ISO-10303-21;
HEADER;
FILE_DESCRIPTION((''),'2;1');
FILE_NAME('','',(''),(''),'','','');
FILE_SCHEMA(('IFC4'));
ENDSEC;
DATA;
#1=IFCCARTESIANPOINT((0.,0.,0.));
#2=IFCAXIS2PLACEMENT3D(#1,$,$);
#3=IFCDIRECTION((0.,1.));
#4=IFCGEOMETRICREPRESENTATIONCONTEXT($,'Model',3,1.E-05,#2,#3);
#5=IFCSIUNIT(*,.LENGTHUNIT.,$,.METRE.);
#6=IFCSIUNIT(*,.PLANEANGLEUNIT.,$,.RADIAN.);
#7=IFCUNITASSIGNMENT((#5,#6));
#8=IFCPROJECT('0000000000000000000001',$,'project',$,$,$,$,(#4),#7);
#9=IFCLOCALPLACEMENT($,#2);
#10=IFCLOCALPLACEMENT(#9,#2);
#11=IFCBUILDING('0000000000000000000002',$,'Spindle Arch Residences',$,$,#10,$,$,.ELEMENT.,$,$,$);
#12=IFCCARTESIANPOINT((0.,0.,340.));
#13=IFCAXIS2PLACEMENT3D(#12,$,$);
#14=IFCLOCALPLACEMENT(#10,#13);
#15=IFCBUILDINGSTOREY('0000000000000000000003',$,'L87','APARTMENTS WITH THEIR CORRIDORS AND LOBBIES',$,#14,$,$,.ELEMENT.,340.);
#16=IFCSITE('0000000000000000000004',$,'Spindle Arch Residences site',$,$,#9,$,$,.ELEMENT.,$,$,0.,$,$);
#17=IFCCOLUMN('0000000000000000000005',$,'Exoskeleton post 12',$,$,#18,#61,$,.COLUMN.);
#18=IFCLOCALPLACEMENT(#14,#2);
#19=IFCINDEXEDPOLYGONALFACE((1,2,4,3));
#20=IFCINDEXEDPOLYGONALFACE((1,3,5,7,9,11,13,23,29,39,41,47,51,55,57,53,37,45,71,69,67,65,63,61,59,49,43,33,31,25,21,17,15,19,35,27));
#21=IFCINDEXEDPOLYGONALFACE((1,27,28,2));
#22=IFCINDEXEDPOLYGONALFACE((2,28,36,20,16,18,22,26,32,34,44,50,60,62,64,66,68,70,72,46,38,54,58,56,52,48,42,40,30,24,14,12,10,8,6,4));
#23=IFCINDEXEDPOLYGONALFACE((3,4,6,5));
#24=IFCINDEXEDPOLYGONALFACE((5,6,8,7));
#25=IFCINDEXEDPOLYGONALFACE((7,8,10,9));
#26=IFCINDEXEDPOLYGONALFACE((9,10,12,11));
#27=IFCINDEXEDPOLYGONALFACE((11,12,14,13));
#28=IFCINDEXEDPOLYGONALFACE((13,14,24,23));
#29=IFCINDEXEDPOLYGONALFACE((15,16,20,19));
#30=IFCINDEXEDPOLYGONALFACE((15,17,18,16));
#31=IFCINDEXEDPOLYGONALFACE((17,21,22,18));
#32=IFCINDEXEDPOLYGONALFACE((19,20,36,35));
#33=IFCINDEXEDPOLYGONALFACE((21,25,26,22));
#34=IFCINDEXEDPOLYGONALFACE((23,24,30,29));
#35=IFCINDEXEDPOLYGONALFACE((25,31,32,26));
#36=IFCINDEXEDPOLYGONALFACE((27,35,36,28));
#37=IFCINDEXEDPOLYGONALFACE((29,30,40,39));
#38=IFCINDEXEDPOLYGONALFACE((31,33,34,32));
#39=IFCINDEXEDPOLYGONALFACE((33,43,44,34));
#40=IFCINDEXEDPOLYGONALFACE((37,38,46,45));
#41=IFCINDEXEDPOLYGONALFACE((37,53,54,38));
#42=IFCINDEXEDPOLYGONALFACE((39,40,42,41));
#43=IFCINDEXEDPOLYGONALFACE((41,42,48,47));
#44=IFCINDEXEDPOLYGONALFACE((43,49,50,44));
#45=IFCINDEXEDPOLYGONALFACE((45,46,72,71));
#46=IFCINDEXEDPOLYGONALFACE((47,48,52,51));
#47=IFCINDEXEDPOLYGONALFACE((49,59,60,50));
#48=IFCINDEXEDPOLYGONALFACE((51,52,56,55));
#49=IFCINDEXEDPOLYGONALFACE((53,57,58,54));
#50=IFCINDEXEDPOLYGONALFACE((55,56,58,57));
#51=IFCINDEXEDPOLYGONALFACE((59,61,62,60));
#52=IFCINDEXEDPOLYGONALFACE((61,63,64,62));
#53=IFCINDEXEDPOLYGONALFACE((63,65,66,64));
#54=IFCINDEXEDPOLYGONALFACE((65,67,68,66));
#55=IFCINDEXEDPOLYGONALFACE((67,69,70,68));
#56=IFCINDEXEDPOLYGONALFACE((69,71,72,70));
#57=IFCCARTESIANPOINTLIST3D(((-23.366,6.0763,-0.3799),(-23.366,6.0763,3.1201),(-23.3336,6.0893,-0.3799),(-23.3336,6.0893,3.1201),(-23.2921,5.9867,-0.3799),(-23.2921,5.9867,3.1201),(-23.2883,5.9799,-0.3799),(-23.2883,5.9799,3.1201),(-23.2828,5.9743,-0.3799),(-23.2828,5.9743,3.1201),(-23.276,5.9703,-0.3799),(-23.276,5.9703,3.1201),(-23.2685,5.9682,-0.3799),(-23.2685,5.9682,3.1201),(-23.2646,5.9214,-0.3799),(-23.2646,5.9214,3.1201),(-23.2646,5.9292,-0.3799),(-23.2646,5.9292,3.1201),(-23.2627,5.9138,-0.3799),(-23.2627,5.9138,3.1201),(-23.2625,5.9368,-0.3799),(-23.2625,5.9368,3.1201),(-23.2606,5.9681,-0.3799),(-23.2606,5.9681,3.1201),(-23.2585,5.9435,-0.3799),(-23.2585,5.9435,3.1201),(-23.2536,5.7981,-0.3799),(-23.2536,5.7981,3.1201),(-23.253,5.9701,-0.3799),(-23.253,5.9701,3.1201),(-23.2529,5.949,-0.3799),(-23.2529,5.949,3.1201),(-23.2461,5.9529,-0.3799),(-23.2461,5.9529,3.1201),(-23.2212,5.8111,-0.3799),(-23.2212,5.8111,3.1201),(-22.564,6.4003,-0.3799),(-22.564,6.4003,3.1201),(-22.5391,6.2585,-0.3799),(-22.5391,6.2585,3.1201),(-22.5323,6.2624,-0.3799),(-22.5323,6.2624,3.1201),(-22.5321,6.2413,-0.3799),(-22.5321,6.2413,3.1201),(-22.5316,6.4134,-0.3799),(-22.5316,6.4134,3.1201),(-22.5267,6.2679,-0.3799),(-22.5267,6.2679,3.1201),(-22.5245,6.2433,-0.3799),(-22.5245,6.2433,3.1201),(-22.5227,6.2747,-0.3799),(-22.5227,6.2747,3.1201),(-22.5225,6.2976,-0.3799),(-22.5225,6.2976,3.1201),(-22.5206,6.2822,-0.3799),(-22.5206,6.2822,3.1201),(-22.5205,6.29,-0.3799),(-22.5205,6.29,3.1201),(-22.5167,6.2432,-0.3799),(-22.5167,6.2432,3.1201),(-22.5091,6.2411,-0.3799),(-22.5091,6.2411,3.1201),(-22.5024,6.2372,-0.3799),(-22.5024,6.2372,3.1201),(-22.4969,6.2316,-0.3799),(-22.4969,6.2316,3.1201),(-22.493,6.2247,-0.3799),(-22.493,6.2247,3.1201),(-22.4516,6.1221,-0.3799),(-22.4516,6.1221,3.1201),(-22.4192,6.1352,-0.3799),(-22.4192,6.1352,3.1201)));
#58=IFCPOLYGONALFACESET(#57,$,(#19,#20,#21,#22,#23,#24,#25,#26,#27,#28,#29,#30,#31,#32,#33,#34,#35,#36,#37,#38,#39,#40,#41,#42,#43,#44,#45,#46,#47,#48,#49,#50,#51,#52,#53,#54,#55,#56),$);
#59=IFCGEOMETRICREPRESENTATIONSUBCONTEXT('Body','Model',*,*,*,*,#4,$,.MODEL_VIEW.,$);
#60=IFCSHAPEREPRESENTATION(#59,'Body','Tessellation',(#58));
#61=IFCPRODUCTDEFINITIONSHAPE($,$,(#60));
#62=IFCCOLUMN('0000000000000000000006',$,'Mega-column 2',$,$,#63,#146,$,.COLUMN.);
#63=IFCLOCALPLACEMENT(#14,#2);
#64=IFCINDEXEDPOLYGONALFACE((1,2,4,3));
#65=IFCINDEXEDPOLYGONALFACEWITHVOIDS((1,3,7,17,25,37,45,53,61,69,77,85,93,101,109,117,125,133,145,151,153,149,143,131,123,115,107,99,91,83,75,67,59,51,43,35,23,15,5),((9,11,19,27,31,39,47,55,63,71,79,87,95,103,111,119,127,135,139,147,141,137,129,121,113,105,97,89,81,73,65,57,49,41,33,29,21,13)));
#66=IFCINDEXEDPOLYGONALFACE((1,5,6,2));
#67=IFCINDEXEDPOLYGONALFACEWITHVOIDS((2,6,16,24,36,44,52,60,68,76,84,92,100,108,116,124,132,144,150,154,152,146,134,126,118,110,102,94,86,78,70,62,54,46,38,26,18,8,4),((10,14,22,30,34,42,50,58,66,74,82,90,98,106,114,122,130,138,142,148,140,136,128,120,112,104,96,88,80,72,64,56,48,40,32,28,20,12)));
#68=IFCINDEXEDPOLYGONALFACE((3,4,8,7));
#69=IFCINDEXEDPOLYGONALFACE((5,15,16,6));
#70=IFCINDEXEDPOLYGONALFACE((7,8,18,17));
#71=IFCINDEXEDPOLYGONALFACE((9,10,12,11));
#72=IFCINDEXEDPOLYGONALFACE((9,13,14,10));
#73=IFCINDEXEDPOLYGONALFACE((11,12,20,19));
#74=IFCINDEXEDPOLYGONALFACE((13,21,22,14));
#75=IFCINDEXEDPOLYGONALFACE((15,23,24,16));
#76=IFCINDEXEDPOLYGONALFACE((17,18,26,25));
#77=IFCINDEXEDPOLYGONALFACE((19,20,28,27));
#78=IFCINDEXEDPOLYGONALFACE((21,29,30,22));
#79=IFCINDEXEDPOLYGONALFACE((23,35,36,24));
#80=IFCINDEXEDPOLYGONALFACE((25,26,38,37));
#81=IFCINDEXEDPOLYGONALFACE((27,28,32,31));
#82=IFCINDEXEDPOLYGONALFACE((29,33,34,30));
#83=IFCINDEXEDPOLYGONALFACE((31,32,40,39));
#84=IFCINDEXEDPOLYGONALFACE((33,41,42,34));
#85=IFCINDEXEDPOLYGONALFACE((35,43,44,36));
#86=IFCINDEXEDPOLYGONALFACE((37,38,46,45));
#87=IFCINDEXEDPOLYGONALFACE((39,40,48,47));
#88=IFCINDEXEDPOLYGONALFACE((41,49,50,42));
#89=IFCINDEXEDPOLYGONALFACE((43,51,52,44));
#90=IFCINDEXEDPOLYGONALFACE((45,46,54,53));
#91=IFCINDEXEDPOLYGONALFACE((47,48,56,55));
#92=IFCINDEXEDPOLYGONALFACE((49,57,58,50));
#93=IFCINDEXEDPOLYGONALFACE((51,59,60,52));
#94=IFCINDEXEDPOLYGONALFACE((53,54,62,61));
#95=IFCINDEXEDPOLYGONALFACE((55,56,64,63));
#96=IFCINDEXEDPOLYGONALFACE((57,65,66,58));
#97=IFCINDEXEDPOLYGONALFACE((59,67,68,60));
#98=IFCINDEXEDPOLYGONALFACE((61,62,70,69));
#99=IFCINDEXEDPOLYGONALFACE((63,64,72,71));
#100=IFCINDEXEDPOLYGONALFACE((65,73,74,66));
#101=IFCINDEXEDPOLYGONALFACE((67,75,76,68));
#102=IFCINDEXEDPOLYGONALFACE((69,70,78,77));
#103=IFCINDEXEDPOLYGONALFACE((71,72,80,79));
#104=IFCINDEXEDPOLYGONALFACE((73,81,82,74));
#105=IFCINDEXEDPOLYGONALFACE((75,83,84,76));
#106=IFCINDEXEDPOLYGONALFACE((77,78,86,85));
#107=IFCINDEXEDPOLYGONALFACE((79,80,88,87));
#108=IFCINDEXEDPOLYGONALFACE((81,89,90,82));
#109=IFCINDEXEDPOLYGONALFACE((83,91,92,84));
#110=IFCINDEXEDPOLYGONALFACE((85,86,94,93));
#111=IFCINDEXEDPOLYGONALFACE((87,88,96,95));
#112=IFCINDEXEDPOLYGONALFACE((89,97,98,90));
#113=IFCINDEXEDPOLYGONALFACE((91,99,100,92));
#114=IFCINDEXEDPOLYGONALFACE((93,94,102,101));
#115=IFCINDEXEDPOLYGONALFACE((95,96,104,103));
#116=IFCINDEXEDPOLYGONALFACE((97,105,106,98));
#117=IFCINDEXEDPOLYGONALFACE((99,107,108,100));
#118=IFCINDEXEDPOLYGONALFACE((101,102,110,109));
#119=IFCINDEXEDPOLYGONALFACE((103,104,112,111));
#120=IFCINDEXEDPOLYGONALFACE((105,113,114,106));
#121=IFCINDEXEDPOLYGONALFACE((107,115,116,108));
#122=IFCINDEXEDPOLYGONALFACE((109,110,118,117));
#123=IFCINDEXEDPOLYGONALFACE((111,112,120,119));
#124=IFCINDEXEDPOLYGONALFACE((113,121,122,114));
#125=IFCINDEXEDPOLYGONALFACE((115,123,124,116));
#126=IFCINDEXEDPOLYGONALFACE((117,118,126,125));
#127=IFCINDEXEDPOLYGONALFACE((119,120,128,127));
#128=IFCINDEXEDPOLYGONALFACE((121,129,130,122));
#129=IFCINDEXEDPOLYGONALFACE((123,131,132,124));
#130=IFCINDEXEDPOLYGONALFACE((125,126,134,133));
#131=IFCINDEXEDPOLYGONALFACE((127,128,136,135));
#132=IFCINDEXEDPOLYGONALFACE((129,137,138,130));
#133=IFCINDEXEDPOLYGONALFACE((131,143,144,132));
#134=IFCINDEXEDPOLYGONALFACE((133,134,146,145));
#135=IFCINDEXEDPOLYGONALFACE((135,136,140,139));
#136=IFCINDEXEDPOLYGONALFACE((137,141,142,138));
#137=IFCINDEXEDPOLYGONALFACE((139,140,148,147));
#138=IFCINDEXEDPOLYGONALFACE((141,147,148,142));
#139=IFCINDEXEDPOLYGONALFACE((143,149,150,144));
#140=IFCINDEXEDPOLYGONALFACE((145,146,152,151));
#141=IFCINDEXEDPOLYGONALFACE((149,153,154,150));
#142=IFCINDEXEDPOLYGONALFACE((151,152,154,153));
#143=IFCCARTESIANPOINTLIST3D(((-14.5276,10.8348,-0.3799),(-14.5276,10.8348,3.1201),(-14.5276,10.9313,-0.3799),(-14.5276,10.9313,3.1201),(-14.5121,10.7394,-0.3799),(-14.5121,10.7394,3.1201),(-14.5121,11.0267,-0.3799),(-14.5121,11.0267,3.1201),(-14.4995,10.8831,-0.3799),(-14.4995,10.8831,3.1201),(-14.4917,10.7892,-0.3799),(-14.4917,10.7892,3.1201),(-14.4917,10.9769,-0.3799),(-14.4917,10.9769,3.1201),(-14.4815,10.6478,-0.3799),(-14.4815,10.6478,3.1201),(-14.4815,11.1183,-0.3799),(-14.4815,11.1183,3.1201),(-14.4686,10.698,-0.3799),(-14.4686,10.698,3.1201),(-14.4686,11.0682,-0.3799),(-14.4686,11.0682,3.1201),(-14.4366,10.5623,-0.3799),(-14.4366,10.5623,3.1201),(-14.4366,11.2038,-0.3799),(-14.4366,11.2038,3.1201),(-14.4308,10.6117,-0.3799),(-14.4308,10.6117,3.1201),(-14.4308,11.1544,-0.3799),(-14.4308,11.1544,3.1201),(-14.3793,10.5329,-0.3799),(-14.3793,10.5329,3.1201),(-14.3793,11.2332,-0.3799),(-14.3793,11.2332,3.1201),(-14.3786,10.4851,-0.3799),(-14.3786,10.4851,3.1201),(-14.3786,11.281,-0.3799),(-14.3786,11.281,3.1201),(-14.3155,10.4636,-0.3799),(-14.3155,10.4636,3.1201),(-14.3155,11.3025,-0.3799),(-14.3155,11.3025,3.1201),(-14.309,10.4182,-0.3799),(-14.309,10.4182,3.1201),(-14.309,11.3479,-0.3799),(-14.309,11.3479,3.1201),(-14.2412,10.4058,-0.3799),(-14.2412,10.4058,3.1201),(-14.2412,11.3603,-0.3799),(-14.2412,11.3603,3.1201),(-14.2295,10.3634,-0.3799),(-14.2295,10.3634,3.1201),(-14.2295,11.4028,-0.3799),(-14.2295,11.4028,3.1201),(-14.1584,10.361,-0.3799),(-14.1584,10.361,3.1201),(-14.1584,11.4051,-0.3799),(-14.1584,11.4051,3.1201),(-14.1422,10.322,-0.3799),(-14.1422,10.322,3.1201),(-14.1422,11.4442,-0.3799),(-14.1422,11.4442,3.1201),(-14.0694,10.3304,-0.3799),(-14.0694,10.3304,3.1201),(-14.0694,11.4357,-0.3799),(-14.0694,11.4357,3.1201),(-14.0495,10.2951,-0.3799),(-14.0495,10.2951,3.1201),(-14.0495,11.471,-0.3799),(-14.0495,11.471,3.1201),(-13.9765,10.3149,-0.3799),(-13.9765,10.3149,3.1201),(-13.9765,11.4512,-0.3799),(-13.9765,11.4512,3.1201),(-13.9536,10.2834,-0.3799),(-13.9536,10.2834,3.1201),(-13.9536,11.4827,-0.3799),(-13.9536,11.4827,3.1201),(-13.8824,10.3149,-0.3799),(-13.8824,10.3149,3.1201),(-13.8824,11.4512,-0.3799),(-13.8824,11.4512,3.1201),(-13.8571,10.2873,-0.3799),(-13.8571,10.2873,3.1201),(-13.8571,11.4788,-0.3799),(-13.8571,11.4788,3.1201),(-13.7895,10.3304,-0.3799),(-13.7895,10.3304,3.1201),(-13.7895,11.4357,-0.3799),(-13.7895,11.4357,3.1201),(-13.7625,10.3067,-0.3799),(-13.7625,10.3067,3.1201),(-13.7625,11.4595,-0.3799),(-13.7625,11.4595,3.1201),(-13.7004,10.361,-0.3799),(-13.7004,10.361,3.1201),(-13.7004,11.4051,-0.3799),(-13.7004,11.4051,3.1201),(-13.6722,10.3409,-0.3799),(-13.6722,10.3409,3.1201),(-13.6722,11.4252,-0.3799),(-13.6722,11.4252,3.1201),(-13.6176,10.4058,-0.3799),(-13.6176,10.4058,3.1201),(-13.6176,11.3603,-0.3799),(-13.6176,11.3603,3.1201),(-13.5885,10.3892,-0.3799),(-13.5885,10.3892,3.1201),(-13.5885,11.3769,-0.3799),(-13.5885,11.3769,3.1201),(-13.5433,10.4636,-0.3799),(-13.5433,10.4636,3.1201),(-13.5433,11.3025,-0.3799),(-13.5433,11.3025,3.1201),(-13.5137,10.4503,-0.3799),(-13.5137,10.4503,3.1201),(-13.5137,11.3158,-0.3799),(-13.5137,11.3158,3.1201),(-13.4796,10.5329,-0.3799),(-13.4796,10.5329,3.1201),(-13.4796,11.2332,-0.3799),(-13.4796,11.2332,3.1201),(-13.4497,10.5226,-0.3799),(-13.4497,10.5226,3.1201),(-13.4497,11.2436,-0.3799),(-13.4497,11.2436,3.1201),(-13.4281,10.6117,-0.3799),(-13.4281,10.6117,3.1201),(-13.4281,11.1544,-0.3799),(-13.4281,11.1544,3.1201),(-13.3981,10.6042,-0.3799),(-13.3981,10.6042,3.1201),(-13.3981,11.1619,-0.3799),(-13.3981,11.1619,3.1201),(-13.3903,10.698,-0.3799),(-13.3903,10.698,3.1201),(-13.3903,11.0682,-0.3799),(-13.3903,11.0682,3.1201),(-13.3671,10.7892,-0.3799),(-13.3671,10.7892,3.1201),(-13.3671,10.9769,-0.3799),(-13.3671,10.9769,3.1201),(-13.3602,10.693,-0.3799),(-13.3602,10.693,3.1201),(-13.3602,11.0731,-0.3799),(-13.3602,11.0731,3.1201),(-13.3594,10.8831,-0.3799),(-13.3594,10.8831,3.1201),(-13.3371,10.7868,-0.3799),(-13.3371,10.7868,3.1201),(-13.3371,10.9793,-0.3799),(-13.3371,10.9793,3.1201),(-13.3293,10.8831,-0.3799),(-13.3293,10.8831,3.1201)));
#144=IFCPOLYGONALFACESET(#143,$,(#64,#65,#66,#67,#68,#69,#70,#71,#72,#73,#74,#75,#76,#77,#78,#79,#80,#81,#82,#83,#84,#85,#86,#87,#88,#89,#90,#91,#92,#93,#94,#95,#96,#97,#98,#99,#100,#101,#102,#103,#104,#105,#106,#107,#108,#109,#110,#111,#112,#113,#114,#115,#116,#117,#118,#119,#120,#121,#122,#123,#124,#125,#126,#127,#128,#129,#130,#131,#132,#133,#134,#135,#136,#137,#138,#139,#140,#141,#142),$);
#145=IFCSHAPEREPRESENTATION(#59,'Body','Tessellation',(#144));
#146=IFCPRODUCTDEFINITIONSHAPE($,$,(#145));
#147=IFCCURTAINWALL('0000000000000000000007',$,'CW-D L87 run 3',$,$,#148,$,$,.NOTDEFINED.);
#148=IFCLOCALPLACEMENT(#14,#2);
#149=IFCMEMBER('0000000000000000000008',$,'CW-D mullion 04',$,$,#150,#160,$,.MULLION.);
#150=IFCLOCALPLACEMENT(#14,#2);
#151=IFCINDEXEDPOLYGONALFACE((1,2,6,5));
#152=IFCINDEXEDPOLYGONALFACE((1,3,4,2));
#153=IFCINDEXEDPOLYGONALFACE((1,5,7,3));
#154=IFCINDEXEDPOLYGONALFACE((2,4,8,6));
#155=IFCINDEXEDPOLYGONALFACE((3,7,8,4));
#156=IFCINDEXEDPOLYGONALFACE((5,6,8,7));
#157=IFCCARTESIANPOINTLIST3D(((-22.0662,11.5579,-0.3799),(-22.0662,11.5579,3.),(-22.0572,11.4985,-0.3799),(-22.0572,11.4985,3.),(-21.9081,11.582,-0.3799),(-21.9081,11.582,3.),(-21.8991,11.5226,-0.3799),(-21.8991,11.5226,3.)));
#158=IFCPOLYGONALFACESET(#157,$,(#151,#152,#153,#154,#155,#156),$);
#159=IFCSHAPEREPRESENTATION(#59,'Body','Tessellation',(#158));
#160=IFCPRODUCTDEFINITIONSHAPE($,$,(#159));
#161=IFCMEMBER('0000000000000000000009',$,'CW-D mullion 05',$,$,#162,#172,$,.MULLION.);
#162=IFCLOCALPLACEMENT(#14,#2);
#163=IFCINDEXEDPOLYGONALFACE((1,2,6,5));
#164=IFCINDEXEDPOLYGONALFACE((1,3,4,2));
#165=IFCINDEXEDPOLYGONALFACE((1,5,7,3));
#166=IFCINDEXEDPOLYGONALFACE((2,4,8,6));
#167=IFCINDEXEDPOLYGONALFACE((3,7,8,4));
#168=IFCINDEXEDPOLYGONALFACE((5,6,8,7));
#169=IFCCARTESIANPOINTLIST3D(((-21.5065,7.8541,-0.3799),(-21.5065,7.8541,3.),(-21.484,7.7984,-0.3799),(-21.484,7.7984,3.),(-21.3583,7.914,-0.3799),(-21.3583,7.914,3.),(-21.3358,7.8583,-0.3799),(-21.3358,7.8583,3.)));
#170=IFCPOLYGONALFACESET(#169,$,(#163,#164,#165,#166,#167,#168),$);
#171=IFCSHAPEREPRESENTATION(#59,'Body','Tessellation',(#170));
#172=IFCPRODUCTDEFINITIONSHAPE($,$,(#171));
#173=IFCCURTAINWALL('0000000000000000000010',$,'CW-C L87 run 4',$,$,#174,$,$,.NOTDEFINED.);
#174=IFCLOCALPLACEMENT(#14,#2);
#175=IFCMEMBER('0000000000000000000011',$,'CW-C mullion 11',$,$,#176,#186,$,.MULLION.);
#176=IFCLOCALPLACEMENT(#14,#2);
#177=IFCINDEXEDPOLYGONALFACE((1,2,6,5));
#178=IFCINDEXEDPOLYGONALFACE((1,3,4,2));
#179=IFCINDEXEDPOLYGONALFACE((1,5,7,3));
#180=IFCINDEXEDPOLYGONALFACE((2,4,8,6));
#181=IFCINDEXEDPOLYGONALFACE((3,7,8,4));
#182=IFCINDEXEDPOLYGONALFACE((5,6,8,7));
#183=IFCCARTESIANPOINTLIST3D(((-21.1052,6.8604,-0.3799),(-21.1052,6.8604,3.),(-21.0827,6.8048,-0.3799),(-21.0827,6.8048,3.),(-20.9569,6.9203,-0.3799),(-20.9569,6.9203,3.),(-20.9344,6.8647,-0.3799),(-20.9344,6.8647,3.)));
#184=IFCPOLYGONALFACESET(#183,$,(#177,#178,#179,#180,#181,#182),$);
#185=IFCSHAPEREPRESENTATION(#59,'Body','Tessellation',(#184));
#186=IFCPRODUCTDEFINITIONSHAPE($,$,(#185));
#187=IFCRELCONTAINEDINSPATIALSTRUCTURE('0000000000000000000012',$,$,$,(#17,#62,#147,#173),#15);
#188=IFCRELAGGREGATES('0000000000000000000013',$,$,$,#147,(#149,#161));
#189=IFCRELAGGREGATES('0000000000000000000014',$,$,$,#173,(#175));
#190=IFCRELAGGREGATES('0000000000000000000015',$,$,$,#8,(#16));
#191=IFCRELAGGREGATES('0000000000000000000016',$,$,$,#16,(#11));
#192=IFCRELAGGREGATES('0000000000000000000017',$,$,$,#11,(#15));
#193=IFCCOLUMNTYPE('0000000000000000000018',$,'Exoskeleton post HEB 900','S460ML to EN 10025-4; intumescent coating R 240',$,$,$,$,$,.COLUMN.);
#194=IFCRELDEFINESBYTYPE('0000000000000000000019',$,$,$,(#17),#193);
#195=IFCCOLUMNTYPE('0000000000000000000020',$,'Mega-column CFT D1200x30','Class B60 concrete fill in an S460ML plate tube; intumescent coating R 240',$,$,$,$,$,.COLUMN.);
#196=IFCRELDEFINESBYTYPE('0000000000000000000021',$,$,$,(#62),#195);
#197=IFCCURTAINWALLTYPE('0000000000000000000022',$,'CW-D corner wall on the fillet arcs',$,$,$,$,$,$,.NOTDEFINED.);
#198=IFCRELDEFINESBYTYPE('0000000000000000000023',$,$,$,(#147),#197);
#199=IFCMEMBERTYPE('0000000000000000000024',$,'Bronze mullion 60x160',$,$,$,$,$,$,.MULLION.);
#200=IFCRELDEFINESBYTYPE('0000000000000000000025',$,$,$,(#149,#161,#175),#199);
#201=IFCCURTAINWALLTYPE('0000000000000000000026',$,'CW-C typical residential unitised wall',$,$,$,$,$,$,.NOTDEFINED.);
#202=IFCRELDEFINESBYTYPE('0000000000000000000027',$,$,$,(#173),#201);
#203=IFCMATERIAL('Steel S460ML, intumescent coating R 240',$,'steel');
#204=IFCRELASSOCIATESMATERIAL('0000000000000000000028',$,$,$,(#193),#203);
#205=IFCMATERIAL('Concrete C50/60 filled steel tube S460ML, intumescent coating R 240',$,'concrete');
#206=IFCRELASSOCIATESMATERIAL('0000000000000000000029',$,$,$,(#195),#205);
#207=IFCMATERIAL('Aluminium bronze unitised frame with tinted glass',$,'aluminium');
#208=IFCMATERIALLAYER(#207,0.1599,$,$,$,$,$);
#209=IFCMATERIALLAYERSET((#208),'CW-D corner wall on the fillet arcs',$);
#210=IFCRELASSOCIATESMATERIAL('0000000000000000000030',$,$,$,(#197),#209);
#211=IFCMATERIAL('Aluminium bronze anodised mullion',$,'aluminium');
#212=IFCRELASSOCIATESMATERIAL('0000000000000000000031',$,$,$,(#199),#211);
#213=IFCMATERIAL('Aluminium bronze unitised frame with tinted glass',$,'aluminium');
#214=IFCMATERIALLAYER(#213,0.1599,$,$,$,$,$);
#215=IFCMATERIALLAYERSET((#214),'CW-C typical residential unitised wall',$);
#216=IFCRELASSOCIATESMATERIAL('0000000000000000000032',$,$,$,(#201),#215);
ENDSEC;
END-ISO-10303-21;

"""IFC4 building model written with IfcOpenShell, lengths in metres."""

from ifc_helpers import new_model, si_unit, direction, frame, origin, origin_2d, place, context, subcontext, project, spatial, rectangle, hollow_circle, i_section, extrude, material, layer, layer_set, material_profile, profile_set, type_object, element, aggregate, save


model = new_model("IFC4")

# Units and contexts
model_context = context("Model", 3, precision=1e-05, world=origin(), true_north=direction((0.0, 1.0)))
body_context = subcontext(model_context, "Body", "Model", "MODEL_VIEW")
ifc_project = project(units=[si_unit("LENGTHUNIT", "METRE"), si_unit("PLANEANGLEUNIT", "RADIAN")], contexts=[model_context])

# Site, building, storey
site_placement = place(None, origin())
site = spatial("IfcSite", under=ifc_project, at=site_placement, Name="Spindle Arch Residences site", CompositionType="ELEMENT", RefElevation=0.0)
building_placement = place(site_placement, origin())
building = spatial("IfcBuilding", under=site, at=building_placement, Name="Spindle Arch Residences", CompositionType="ELEMENT")
storey_placement = place(building_placement, frame((0.0, 0.0, 340.0)))
storey = spatial("IfcBuildingStorey", under=building, at=storey_placement, Name="L87", Description="APARTMENTS WITH THEIR CORRIDORS AND LOBBIES", CompositionType="ELEMENT", Elevation=340.0)

# Columns
ifc_material_1 = material(Name="Steel S460ML, intumescent coating R 240", Category="steel")
ifc_material_profile_1 = material_profile(ifc_material_1, i_section(OverallWidth=0.3, OverallDepth=0.8999, WebThickness=0.0186, FlangeThickness=0.0349, FilletRadius=0.03, at=origin_2d()), Name="HEB 900")
ifc_profile_set_1 = profile_set([ifc_material_profile_1], Name="Steel S460ML, intumescent coating R 240")
column_type_1 = type_object("IfcColumnType", Name="Exoskeleton post HEB 900", Description="S460ML to EN 10025-4; intumescent coating R 240", PredefinedType="COLUMN", material=ifc_profile_set_1)
column_1_placement = place(storey_placement, frame((-22.8926, 6.1057, -0.3799), z_axis=(0.0, 0.0, 1.0), x_axis=(-0.374607, 0.927184, 0.0)))
element("IfcColumn", 1, at=column_1_placement, inside=storey, type_object=column_type_1, Name="Exoskeleton post 12", PredefinedType="COLUMN", context=body_context, shape_type="SweptSolid", body=[
    extrude(i_section(OverallWidth=0.3, OverallDepth=0.8999, WebThickness=0.0186, FlangeThickness=0.0349, FilletRadius=0.03, at=origin_2d()), origin(), (0.0, 0.0, 1.0), 3.5),
])
ifc_material_2 = material(Name="Concrete C50/60 filled steel tube S460ML, intumescent coating R 240", Category="concrete")
ifc_material_profile_2 = material_profile(ifc_material_2, hollow_circle(Radius=0.6001, WallThickness=0.03, at=origin_2d()), Name="CFT D1200x30")
ifc_profile_set_2 = profile_set([ifc_material_profile_2], Name="Concrete C50/60 filled steel tube S460ML, intumescent coating R 240")
column_type_2 = type_object("IfcColumnType", Name="Mega-column CFT D1200x30", Description="Class B60 concrete fill in an S460ML plate tube; intumescent coating R 240", PredefinedType="COLUMN", material=ifc_profile_set_2)
column_2_placement = place(storey_placement, frame((-13.9294, 10.8831, -0.3799), z_axis=(0.0, 0.0, 1.0), x_axis=(1.0, 0.0, 0.0)))
element("IfcColumn", 2, at=column_2_placement, inside=storey, type_object=column_type_2, Name="Mega-column 2", PredefinedType="COLUMN", context=body_context, shape_type="SweptSolid", body=[
    extrude(hollow_circle(Radius=0.6001, WallThickness=0.03, at=origin_2d()), origin(), (0.0, 0.0, 1.0), 3.5),
])

# Curtain wall, members
ifc_material_3 = material(Name="Aluminium bronze unitised frame with tinted glass", Category="aluminium")
ifc_layer_1 = layer(ifc_material_3, 0.1599)
ifc_layer_set_1 = layer_set([ifc_layer_1], Name="CW-D corner wall on the fillet arcs")
curtain_wall_type_1 = type_object("IfcCurtainWallType", Name="CW-D corner wall on the fillet arcs", PredefinedType="NOTDEFINED", material=ifc_layer_set_1)
curtain_wall_1_placement = place(storey_placement, origin())
curtain_wall_1 = element("IfcCurtainWall", 3, at=curtain_wall_1_placement, inside=storey, type_object=curtain_wall_type_1, Name="CW-D L87 run 3", PredefinedType="NOTDEFINED")
ifc_material_4 = material(Name="Aluminium bronze anodised mullion", Category="aluminium")
ifc_material_profile_3 = material_profile(ifc_material_4, rectangle(XDim=0.1599, YDim=0.0601, at=origin_2d()), Name="MU 60x160")
ifc_profile_set_3 = profile_set([ifc_material_profile_3], Name="Aluminium bronze anodised mullion")
member_type_1 = type_object("IfcMemberType", Name="Bronze mullion 60x160", PredefinedType="MULLION", material=ifc_profile_set_3)
member_1_placement = place(storey_placement, frame((-21.9827, 11.5403, -0.3799), z_axis=(0.0, 0.0, 1.0), x_axis=(0.988582, 0.150686, 0.0)))
member_1 = element("IfcMember", 4, at=member_1_placement, type_object=member_type_1, Name="CW-D mullion 04", PredefinedType="MULLION", context=body_context, shape_type="SweptSolid", body=[
    extrude(rectangle(XDim=0.1599, YDim=0.0601, at=origin_2d()), origin(), (0.0, 0.0, 1.0), 3.3799),
])
member_2_placement = place(storey_placement, frame((-21.4211, 7.8562, -0.3799), z_axis=(0.0, 0.0, 1.0), x_axis=(0.927184, 0.374607, 0.0)))
member_2 = element("IfcMember", 5, at=member_2_placement, type_object=member_type_1, Name="CW-D mullion 05", PredefinedType="MULLION", context=body_context, shape_type="SweptSolid", body=[
    extrude(rectangle(XDim=0.1599, YDim=0.0601, at=origin_2d()), origin(), (0.0, 0.0, 1.0), 3.3799),
])

# Curtain wall, member
ifc_material_5 = material(Name="Aluminium bronze unitised frame with tinted glass", Category="aluminium")
ifc_layer_2 = layer(ifc_material_5, 0.1599)
ifc_layer_set_2 = layer_set([ifc_layer_2], Name="CW-C typical residential unitised wall")
curtain_wall_type_2 = type_object("IfcCurtainWallType", Name="CW-C typical residential unitised wall", PredefinedType="NOTDEFINED", material=ifc_layer_set_2)
curtain_wall_2_placement = place(storey_placement, origin())
curtain_wall_2 = element("IfcCurtainWall", 6, at=curtain_wall_2_placement, inside=storey, type_object=curtain_wall_type_2, Name="CW-C L87 run 4", PredefinedType="NOTDEFINED")
member_3_placement = place(storey_placement, frame((-21.0198, 6.8625, -0.3799), z_axis=(0.0, 0.0, 1.0), x_axis=(0.927184, 0.374607, 0.0)))
member_3 = element("IfcMember", 7, at=member_3_placement, type_object=member_type_1, Name="CW-C mullion 11", PredefinedType="MULLION", context=body_context, shape_type="SweptSolid", body=[
    extrude(rectangle(XDim=0.1599, YDim=0.0601, at=origin_2d()), origin(), (0.0, 0.0, 1.0), 3.3799),
])

aggregate(curtain_wall_1, [member_1, member_2])
aggregate(curtain_wall_2, [member_3])

save(model, "model.ifc")
